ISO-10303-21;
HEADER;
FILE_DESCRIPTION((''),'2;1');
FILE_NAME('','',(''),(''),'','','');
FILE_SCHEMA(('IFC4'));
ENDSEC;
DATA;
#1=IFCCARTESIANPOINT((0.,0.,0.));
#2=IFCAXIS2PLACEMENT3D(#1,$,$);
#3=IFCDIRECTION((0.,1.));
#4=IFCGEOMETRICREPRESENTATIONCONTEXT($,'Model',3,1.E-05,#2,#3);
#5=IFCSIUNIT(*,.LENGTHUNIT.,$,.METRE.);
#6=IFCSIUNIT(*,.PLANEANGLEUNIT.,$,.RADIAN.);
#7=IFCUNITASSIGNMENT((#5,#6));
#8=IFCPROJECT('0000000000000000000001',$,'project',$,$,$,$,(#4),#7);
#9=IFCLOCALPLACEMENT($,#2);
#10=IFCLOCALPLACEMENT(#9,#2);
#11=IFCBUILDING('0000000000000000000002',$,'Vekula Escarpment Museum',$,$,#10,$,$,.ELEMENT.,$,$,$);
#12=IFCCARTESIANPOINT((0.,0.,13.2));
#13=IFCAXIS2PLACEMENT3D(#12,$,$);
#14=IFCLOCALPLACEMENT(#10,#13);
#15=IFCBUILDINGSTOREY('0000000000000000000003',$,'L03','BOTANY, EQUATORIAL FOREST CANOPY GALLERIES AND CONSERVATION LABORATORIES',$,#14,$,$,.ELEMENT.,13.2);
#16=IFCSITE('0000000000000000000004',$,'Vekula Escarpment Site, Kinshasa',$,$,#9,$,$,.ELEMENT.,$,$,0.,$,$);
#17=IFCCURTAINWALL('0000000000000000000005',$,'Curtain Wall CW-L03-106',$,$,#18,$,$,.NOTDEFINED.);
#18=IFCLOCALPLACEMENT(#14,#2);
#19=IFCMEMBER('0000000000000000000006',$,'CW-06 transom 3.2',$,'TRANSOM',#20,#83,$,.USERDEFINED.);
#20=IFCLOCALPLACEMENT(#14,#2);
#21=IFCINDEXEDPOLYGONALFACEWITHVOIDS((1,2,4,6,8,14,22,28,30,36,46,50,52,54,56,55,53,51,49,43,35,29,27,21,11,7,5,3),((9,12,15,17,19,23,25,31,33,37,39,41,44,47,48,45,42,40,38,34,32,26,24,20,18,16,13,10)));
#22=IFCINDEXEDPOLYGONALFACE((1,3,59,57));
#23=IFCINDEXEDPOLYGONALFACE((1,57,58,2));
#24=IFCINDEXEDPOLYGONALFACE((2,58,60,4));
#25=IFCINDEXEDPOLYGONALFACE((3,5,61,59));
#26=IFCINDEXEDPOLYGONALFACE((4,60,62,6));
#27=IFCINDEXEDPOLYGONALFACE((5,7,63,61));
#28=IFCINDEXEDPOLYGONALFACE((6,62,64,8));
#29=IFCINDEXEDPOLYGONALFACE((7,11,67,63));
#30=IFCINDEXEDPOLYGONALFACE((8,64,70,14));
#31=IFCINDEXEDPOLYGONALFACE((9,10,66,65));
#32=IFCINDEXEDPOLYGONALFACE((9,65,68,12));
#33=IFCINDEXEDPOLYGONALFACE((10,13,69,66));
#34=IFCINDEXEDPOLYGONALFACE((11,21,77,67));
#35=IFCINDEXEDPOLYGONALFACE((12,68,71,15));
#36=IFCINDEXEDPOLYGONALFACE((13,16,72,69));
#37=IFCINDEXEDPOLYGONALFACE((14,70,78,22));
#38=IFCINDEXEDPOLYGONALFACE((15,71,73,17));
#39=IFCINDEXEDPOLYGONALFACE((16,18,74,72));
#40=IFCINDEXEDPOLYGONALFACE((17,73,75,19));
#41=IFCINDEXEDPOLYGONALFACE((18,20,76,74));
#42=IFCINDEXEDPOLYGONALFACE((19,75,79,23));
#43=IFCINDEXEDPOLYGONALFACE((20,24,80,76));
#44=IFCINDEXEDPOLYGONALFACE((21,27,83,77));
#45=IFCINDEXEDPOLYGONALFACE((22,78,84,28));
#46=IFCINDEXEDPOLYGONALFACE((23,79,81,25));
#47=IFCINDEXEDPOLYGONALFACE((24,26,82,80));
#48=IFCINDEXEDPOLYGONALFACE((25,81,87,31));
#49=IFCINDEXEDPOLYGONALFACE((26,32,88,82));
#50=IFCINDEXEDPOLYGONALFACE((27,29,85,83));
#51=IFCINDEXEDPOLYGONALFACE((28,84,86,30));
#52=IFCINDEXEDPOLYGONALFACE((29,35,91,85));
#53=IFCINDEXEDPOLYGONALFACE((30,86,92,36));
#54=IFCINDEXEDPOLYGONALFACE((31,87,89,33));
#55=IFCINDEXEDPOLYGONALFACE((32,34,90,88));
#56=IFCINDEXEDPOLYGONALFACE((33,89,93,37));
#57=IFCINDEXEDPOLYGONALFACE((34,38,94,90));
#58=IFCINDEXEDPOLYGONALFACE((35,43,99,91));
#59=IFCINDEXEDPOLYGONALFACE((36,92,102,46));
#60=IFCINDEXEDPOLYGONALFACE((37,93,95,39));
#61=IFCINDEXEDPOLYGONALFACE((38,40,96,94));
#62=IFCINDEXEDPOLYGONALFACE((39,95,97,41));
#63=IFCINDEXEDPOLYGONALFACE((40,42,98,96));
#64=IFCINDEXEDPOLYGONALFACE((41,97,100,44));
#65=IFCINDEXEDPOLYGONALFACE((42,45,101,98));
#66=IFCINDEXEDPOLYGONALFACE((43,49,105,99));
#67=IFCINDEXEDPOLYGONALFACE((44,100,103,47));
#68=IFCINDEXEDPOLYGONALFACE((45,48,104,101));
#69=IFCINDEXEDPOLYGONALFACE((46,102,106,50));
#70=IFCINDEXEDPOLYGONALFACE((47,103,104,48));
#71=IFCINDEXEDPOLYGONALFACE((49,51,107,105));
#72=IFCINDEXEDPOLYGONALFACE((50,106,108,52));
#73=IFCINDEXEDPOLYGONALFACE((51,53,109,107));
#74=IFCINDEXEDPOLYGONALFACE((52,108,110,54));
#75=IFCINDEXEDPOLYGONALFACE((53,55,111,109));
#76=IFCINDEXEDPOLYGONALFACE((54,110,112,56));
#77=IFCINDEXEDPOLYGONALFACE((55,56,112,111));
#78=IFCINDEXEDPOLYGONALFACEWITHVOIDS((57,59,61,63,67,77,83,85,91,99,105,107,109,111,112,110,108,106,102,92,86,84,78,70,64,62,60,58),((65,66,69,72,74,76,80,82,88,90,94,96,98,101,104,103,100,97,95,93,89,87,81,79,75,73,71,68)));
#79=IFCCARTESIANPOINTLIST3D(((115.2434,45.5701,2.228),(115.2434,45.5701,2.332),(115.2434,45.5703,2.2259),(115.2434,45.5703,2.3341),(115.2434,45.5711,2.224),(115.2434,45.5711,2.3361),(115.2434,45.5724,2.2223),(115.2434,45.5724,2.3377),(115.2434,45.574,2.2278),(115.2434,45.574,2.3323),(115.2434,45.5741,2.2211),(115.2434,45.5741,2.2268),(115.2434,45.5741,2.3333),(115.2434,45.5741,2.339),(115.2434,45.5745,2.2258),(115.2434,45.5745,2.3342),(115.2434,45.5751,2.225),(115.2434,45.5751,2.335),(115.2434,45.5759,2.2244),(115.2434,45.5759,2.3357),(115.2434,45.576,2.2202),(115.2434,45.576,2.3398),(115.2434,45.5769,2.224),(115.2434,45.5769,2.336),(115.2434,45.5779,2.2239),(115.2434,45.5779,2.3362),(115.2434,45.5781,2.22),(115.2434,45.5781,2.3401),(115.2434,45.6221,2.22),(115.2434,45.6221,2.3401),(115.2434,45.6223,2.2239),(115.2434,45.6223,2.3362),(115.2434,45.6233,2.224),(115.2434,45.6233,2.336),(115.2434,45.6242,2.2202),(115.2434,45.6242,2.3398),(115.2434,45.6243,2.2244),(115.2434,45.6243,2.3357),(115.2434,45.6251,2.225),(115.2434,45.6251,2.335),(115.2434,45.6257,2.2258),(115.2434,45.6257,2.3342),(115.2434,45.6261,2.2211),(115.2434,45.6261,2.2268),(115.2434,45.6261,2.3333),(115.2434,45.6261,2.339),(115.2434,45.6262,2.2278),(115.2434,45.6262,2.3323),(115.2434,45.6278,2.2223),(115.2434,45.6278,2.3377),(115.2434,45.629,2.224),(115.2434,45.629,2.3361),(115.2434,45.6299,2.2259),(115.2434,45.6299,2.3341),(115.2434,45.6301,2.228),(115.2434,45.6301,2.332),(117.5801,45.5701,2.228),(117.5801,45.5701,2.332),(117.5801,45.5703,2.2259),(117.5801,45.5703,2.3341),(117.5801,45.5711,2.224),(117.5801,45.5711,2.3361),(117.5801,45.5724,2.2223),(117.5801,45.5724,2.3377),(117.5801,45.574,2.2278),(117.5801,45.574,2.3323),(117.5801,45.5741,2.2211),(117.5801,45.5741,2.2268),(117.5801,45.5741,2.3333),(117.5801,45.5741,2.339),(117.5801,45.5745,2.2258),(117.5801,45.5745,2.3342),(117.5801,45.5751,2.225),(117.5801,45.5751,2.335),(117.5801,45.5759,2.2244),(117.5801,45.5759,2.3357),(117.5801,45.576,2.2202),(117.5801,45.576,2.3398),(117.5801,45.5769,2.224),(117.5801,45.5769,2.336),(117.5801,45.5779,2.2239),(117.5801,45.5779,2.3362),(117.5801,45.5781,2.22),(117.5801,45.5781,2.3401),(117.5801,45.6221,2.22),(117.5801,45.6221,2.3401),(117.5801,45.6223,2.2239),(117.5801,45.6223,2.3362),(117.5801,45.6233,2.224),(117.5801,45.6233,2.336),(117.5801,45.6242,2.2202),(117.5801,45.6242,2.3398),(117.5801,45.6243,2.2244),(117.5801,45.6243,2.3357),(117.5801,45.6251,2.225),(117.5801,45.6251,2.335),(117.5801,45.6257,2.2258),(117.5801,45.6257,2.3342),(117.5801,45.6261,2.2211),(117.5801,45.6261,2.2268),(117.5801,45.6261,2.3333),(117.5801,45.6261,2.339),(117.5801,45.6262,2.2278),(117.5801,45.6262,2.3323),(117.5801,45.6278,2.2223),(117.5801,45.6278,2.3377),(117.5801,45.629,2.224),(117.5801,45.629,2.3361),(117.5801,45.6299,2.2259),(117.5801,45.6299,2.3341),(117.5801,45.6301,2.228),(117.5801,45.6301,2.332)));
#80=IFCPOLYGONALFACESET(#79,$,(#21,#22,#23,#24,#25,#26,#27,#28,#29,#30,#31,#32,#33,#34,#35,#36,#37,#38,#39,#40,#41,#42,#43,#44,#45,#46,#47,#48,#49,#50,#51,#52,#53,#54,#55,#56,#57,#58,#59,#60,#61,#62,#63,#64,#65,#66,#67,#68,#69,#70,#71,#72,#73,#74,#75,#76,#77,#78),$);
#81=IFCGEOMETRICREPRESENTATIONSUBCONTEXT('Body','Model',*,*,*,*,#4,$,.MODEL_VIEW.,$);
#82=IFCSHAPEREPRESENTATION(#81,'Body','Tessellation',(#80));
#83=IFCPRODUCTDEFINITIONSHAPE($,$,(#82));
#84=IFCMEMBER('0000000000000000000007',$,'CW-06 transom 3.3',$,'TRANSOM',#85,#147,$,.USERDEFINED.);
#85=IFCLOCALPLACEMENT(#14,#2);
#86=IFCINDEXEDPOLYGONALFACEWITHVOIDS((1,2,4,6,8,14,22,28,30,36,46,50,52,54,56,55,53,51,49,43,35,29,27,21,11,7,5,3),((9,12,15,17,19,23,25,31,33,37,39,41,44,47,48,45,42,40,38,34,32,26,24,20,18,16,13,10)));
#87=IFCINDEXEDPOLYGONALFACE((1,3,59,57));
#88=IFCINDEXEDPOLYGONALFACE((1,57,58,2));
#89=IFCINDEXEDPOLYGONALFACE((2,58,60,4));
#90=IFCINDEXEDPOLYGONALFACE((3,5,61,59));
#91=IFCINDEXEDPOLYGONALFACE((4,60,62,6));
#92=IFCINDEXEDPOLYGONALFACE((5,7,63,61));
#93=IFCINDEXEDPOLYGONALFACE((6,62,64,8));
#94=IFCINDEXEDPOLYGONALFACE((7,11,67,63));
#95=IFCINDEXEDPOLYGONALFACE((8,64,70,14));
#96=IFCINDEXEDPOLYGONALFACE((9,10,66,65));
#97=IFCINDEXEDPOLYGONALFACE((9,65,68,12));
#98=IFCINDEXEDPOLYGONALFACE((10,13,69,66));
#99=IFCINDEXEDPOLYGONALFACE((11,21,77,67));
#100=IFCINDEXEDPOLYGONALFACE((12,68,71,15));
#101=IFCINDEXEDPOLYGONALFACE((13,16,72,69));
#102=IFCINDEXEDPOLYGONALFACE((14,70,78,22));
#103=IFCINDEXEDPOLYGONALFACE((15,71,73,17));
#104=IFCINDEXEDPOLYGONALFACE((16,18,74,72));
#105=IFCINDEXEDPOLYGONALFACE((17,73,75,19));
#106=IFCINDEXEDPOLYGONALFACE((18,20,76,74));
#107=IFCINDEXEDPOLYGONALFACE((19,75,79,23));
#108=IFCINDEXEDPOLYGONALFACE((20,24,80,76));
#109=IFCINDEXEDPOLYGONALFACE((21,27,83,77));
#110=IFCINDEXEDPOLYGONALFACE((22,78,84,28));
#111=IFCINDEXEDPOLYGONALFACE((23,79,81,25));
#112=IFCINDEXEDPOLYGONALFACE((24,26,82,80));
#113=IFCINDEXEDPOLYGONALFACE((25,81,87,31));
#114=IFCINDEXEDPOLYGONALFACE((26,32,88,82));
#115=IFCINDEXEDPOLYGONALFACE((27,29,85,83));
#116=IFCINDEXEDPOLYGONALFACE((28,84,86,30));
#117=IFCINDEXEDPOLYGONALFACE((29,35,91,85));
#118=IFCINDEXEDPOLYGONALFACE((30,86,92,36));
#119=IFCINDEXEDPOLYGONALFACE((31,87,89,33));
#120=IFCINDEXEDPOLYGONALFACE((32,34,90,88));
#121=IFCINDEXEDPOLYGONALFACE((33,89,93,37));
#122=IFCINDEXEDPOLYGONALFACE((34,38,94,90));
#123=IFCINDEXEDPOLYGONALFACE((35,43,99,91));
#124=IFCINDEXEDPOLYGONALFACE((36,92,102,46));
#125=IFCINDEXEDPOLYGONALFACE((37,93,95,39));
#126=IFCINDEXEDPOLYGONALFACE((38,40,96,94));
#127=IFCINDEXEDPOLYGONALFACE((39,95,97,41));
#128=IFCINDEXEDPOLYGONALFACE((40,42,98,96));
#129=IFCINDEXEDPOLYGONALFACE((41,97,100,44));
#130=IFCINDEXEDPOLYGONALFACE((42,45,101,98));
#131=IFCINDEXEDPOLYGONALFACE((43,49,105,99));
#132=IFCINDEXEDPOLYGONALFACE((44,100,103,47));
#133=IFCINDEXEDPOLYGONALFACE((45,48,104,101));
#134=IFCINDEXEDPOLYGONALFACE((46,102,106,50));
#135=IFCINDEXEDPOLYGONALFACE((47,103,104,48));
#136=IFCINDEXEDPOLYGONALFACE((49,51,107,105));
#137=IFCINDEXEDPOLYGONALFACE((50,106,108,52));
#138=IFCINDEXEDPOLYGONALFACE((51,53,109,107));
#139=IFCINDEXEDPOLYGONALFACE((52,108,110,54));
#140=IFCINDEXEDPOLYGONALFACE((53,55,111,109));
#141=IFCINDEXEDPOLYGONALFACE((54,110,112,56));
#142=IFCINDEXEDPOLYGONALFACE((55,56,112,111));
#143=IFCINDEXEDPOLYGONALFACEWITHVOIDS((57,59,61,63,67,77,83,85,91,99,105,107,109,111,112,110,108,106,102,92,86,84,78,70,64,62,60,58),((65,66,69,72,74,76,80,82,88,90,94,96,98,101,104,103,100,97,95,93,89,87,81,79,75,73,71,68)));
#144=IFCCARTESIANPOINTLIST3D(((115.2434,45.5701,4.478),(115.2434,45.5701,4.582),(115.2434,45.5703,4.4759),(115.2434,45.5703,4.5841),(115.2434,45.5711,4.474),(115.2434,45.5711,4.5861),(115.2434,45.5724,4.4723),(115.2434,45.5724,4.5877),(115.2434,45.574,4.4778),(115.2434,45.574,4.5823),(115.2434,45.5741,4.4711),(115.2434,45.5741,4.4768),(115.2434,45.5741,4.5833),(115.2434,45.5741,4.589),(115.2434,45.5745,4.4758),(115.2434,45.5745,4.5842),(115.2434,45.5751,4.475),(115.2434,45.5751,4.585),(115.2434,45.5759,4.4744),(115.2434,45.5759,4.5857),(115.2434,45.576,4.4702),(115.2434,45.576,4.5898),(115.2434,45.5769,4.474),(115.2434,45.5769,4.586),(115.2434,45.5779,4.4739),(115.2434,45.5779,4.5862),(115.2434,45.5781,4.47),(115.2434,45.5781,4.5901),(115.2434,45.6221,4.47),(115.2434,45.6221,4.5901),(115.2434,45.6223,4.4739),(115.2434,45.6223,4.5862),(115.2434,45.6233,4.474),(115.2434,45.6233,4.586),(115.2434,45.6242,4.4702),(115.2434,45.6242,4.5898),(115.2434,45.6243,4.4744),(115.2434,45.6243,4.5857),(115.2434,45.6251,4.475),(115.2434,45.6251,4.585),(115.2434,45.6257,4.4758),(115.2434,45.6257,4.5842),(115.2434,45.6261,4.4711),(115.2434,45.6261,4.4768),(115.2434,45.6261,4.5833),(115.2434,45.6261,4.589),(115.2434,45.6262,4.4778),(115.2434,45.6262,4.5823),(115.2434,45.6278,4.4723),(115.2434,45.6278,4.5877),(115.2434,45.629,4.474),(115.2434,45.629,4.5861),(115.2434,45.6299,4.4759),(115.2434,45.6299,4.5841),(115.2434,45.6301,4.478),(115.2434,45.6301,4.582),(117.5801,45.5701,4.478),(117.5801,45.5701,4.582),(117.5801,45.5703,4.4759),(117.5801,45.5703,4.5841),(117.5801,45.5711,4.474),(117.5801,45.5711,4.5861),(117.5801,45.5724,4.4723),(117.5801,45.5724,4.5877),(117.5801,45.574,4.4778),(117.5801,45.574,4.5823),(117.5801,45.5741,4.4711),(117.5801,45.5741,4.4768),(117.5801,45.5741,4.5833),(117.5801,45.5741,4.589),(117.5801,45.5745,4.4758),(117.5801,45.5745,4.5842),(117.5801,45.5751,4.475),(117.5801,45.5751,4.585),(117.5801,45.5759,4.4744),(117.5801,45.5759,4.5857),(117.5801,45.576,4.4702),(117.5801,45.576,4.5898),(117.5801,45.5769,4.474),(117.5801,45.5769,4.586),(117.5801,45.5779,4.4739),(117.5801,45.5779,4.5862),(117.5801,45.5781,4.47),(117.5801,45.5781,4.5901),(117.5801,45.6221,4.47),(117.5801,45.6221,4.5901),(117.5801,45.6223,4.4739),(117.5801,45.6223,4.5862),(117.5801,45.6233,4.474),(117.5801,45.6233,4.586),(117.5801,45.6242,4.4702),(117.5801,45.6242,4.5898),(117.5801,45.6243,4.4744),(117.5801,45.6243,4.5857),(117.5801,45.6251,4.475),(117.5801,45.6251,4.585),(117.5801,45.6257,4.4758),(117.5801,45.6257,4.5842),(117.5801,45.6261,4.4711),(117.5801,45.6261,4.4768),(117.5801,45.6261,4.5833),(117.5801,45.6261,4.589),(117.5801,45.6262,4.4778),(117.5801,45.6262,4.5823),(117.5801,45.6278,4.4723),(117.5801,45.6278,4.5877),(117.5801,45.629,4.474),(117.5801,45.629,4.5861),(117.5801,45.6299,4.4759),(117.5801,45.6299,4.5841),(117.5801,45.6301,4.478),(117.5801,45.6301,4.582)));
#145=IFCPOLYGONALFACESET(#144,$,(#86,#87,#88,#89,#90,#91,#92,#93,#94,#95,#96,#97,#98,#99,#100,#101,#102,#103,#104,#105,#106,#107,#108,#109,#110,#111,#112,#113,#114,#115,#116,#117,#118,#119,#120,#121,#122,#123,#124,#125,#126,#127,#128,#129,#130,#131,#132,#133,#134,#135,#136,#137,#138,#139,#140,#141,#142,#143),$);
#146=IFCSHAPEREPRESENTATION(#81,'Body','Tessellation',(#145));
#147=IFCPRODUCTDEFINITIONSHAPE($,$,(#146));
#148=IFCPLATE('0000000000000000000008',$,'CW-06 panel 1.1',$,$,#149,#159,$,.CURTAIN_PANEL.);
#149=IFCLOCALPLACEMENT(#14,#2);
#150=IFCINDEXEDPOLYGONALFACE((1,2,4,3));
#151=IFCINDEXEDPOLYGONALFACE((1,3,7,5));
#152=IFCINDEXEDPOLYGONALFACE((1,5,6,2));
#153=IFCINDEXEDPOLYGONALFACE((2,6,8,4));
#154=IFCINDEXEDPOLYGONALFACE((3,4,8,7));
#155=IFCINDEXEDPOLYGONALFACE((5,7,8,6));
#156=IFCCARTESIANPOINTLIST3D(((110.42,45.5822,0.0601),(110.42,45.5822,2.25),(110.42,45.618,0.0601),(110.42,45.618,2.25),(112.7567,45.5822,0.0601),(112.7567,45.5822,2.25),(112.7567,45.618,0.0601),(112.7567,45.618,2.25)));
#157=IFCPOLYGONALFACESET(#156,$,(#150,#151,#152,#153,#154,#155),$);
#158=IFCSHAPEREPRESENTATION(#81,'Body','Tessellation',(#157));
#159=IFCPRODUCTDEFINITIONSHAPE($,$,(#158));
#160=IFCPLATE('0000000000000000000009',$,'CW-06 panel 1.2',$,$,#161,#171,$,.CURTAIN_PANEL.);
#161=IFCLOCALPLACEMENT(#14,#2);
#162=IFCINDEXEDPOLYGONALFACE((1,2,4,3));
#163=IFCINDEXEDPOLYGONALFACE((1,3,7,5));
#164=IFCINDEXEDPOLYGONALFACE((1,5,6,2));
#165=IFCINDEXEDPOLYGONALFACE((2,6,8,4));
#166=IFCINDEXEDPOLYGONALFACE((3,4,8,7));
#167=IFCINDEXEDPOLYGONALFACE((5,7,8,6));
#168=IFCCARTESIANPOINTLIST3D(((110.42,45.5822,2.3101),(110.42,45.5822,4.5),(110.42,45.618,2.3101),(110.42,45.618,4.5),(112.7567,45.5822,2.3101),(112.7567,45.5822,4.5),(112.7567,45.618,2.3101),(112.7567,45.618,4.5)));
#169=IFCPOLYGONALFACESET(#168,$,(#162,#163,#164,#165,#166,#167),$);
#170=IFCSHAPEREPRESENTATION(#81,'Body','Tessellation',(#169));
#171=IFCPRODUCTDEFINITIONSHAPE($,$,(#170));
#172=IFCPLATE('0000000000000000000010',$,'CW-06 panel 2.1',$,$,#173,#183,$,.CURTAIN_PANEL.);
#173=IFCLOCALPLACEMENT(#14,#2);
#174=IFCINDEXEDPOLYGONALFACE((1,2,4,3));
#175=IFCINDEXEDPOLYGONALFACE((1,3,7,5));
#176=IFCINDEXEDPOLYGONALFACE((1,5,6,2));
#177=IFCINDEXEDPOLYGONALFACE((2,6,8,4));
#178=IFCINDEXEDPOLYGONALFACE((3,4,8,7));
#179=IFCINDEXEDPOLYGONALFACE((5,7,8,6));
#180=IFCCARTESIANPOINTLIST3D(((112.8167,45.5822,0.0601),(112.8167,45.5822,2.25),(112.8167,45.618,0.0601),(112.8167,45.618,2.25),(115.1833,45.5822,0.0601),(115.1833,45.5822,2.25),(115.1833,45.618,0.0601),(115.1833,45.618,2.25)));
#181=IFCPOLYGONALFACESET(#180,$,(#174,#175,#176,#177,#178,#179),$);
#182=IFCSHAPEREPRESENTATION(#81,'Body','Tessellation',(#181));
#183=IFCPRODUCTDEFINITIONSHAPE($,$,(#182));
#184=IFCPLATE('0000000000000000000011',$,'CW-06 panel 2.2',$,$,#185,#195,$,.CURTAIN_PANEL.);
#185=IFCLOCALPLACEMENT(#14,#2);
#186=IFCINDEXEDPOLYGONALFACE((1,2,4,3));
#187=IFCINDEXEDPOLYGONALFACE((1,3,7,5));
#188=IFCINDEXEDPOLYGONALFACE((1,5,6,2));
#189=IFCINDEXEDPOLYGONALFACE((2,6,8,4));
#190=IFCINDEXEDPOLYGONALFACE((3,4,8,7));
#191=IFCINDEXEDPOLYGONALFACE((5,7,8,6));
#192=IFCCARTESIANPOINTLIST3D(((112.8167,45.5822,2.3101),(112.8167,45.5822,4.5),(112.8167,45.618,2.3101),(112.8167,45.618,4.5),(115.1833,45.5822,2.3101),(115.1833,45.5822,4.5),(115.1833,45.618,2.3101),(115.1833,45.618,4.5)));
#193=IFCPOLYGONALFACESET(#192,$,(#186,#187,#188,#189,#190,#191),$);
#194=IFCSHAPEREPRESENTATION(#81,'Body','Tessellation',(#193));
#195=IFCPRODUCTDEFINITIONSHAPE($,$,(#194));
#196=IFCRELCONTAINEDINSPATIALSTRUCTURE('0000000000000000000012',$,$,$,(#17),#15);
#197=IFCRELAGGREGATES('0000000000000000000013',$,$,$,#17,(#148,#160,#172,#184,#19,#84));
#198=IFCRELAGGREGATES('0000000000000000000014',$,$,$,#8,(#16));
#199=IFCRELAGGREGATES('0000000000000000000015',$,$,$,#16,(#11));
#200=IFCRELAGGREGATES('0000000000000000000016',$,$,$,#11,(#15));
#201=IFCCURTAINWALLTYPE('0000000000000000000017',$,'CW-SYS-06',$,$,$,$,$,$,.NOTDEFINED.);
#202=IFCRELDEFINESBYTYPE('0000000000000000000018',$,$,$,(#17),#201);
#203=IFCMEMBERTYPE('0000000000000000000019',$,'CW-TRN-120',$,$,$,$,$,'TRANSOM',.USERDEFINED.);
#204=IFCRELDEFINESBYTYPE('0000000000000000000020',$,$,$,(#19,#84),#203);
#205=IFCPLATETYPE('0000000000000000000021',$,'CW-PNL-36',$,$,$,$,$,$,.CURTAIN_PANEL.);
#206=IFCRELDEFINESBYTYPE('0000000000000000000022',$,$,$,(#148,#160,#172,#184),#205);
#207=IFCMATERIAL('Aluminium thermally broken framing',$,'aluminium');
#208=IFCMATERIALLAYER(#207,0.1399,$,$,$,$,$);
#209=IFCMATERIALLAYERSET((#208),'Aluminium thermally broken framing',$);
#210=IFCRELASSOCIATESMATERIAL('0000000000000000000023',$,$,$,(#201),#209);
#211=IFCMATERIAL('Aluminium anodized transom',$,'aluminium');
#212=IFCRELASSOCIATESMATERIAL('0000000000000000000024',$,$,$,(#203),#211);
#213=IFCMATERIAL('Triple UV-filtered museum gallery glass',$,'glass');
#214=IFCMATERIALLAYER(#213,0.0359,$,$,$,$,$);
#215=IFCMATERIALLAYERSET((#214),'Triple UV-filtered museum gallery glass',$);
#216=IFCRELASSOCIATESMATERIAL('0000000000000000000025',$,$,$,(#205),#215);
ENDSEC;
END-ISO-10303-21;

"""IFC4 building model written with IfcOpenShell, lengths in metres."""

from ifc_helpers import new_model, si_unit, direction, frame, origin, origin_2d, place, context, subcontext, project, spatial, rectangle, hollow_rectangle, extrude, material, layer, layer_set, material_profile, profile_set, type_object, element, aggregate, save


model = new_model("IFC4")

# Units and contexts
model_context = context("Model", 3, precision=1e-05, world=origin(), true_north=direction((0.0, 1.0)))
body_context = subcontext(model_context, "Body", "Model", "MODEL_VIEW")
ifc_project = project(units=[si_unit("LENGTHUNIT", "METRE"), si_unit("PLANEANGLEUNIT", "RADIAN")], contexts=[model_context])

# Site, building, storey
site_placement = place(None, origin())
site = spatial("IfcSite", under=ifc_project, at=site_placement, Name="Vekula Escarpment Site, Kinshasa", CompositionType="ELEMENT", RefElevation=0.0)
building_placement = place(site_placement, origin())
building = spatial("IfcBuilding", under=site, at=building_placement, Name="Vekula Escarpment Museum", CompositionType="ELEMENT")
storey_placement = place(building_placement, frame((0.0, 0.0, 13.2)))
storey = spatial("IfcBuildingStorey", under=building, at=storey_placement, Name="L03", Description="BOTANY, EQUATORIAL FOREST CANOPY GALLERIES AND CONSERVATION LABORATORIES", CompositionType="ELEMENT", Elevation=13.2)

# Curtain wall, members, plates
ifc_material_1 = material(Name="Aluminium thermally broken framing", Category="aluminium")
ifc_layer_1 = layer(ifc_material_1, 0.1399)
ifc_layer_set_1 = layer_set([ifc_layer_1], Name="Aluminium thermally broken framing")
curtain_wall_type_1 = type_object("IfcCurtainWallType", Name="CW-SYS-06", PredefinedType="NOTDEFINED", material=ifc_layer_set_1)
curtain_wall_1_placement = place(storey_placement, origin())
curtain_wall_1 = element("IfcCurtainWall", 1, at=curtain_wall_1_placement, inside=storey, type_object=curtain_wall_type_1, Name="Curtain Wall CW-L03-106", PredefinedType="NOTDEFINED")
ifc_material_2 = material(Name="Aluminium anodized transom", Category="aluminium")
ifc_material_profile_1 = material_profile(ifc_material_2, hollow_rectangle(XDim=0.0601, YDim=0.1201, WallThickness=0.0039, InnerFilletRadius=0.0039, OuterFilletRadius=0.0081, at=origin_2d()), Name="ALU 120x60x4")
ifc_profile_set_1 = profile_set([ifc_material_profile_1], Name="Aluminium anodized transom")
member_type_1 = type_object("IfcMemberType", Name="CW-TRN-120", ElementType="TRANSOM", PredefinedType="USERDEFINED", material=ifc_profile_set_1)
member_1_placement = place(storey_placement, frame((115.2434, 45.6001, 2.28), z_axis=(1.0, 0.0, 0.0), x_axis=(0.0, 1.0, 0.0)))
member_1 = element("IfcMember", 2, at=member_1_placement, type_object=member_type_1, Name="CW-06 transom 3.2", ObjectType="TRANSOM", PredefinedType="USERDEFINED", context=body_context, shape_type="SweptSolid", body=[
    extrude(hollow_rectangle(XDim=0.0601, YDim=0.1201, WallThickness=0.0039, InnerFilletRadius=0.0039, OuterFilletRadius=0.0081, at=origin_2d()), origin(), (0.0, 0.0, 1.0), 2.3367),
])
member_2_placement = place(storey_placement, frame((115.2434, 45.6001, 4.53), z_axis=(1.0, 0.0, 0.0), x_axis=(0.0, 1.0, 0.0)))
member_2 = element("IfcMember", 3, at=member_2_placement, type_object=member_type_1, Name="CW-06 transom 3.3", ObjectType="TRANSOM", PredefinedType="USERDEFINED", context=body_context, shape_type="SweptSolid", body=[
    extrude(hollow_rectangle(XDim=0.0601, YDim=0.1201, WallThickness=0.0039, InnerFilletRadius=0.0039, OuterFilletRadius=0.0081, at=origin_2d()), origin(), (0.0, 0.0, 1.0), 2.3367),
])
ifc_material_3 = material(Name="Triple UV-filtered museum gallery glass", Category="glass")
ifc_layer_2 = layer(ifc_material_3, 0.0359)
ifc_layer_set_2 = layer_set([ifc_layer_2], Name="Triple UV-filtered museum gallery glass")
plate_type = type_object("IfcPlateType", Name="CW-PNL-36", PredefinedType="CURTAIN_PANEL", material=ifc_layer_set_2)
plate_1_placement = place(storey_placement, frame((111.5884, 45.6001, 0.0601), z_axis=(0.0, 0.0, 1.0), x_axis=(1.0, 0.0, 0.0)))
plate_1 = element("IfcPlate", 4, at=plate_1_placement, type_object=plate_type, Name="CW-06 panel 1.1", PredefinedType="CURTAIN_PANEL", context=body_context, shape_type="SweptSolid", body=[
    extrude(rectangle(XDim=2.3367, YDim=0.0359, at=origin_2d()), origin(), (0.0, 0.0, 1.0), 2.1899),
])
plate_2_placement = place(storey_placement, frame((111.5884, 45.6001, 2.3101), z_axis=(0.0, 0.0, 1.0), x_axis=(1.0, 0.0, 0.0)))
plate_2 = element("IfcPlate", 5, at=plate_2_placement, type_object=plate_type, Name="CW-06 panel 1.2", PredefinedType="CURTAIN_PANEL", context=body_context, shape_type="SweptSolid", body=[
    extrude(rectangle(XDim=2.3367, YDim=0.0359, at=origin_2d()), origin(), (0.0, 0.0, 1.0), 2.1899),
])
plate_3_placement = place(storey_placement, frame((114.0, 45.6001, 0.0601), z_axis=(0.0, 0.0, 1.0), x_axis=(1.0, 0.0, 0.0)))
plate_3 = element("IfcPlate", 6, at=plate_3_placement, type_object=plate_type, Name="CW-06 panel 2.1", PredefinedType="CURTAIN_PANEL", context=body_context, shape_type="SweptSolid", body=[
    extrude(rectangle(XDim=2.3667, YDim=0.0359, at=origin_2d()), origin(), (0.0, 0.0, 1.0), 2.1899),
])
plate_4_placement = place(storey_placement, frame((114.0, 45.6001, 2.3101), z_axis=(0.0, 0.0, 1.0), x_axis=(1.0, 0.0, 0.0)))
plate_4 = element("IfcPlate", 7, at=plate_4_placement, type_object=plate_type, Name="CW-06 panel 2.2", PredefinedType="CURTAIN_PANEL", context=body_context, shape_type="SweptSolid", body=[
    extrude(rectangle(XDim=2.3667, YDim=0.0359, at=origin_2d()), origin(), (0.0, 0.0, 1.0), 2.1899),
])
aggregate(curtain_wall_1, [plate_1, plate_2, plate_3, plate_4, member_1, member_2])

save(model, "model.ifc")
